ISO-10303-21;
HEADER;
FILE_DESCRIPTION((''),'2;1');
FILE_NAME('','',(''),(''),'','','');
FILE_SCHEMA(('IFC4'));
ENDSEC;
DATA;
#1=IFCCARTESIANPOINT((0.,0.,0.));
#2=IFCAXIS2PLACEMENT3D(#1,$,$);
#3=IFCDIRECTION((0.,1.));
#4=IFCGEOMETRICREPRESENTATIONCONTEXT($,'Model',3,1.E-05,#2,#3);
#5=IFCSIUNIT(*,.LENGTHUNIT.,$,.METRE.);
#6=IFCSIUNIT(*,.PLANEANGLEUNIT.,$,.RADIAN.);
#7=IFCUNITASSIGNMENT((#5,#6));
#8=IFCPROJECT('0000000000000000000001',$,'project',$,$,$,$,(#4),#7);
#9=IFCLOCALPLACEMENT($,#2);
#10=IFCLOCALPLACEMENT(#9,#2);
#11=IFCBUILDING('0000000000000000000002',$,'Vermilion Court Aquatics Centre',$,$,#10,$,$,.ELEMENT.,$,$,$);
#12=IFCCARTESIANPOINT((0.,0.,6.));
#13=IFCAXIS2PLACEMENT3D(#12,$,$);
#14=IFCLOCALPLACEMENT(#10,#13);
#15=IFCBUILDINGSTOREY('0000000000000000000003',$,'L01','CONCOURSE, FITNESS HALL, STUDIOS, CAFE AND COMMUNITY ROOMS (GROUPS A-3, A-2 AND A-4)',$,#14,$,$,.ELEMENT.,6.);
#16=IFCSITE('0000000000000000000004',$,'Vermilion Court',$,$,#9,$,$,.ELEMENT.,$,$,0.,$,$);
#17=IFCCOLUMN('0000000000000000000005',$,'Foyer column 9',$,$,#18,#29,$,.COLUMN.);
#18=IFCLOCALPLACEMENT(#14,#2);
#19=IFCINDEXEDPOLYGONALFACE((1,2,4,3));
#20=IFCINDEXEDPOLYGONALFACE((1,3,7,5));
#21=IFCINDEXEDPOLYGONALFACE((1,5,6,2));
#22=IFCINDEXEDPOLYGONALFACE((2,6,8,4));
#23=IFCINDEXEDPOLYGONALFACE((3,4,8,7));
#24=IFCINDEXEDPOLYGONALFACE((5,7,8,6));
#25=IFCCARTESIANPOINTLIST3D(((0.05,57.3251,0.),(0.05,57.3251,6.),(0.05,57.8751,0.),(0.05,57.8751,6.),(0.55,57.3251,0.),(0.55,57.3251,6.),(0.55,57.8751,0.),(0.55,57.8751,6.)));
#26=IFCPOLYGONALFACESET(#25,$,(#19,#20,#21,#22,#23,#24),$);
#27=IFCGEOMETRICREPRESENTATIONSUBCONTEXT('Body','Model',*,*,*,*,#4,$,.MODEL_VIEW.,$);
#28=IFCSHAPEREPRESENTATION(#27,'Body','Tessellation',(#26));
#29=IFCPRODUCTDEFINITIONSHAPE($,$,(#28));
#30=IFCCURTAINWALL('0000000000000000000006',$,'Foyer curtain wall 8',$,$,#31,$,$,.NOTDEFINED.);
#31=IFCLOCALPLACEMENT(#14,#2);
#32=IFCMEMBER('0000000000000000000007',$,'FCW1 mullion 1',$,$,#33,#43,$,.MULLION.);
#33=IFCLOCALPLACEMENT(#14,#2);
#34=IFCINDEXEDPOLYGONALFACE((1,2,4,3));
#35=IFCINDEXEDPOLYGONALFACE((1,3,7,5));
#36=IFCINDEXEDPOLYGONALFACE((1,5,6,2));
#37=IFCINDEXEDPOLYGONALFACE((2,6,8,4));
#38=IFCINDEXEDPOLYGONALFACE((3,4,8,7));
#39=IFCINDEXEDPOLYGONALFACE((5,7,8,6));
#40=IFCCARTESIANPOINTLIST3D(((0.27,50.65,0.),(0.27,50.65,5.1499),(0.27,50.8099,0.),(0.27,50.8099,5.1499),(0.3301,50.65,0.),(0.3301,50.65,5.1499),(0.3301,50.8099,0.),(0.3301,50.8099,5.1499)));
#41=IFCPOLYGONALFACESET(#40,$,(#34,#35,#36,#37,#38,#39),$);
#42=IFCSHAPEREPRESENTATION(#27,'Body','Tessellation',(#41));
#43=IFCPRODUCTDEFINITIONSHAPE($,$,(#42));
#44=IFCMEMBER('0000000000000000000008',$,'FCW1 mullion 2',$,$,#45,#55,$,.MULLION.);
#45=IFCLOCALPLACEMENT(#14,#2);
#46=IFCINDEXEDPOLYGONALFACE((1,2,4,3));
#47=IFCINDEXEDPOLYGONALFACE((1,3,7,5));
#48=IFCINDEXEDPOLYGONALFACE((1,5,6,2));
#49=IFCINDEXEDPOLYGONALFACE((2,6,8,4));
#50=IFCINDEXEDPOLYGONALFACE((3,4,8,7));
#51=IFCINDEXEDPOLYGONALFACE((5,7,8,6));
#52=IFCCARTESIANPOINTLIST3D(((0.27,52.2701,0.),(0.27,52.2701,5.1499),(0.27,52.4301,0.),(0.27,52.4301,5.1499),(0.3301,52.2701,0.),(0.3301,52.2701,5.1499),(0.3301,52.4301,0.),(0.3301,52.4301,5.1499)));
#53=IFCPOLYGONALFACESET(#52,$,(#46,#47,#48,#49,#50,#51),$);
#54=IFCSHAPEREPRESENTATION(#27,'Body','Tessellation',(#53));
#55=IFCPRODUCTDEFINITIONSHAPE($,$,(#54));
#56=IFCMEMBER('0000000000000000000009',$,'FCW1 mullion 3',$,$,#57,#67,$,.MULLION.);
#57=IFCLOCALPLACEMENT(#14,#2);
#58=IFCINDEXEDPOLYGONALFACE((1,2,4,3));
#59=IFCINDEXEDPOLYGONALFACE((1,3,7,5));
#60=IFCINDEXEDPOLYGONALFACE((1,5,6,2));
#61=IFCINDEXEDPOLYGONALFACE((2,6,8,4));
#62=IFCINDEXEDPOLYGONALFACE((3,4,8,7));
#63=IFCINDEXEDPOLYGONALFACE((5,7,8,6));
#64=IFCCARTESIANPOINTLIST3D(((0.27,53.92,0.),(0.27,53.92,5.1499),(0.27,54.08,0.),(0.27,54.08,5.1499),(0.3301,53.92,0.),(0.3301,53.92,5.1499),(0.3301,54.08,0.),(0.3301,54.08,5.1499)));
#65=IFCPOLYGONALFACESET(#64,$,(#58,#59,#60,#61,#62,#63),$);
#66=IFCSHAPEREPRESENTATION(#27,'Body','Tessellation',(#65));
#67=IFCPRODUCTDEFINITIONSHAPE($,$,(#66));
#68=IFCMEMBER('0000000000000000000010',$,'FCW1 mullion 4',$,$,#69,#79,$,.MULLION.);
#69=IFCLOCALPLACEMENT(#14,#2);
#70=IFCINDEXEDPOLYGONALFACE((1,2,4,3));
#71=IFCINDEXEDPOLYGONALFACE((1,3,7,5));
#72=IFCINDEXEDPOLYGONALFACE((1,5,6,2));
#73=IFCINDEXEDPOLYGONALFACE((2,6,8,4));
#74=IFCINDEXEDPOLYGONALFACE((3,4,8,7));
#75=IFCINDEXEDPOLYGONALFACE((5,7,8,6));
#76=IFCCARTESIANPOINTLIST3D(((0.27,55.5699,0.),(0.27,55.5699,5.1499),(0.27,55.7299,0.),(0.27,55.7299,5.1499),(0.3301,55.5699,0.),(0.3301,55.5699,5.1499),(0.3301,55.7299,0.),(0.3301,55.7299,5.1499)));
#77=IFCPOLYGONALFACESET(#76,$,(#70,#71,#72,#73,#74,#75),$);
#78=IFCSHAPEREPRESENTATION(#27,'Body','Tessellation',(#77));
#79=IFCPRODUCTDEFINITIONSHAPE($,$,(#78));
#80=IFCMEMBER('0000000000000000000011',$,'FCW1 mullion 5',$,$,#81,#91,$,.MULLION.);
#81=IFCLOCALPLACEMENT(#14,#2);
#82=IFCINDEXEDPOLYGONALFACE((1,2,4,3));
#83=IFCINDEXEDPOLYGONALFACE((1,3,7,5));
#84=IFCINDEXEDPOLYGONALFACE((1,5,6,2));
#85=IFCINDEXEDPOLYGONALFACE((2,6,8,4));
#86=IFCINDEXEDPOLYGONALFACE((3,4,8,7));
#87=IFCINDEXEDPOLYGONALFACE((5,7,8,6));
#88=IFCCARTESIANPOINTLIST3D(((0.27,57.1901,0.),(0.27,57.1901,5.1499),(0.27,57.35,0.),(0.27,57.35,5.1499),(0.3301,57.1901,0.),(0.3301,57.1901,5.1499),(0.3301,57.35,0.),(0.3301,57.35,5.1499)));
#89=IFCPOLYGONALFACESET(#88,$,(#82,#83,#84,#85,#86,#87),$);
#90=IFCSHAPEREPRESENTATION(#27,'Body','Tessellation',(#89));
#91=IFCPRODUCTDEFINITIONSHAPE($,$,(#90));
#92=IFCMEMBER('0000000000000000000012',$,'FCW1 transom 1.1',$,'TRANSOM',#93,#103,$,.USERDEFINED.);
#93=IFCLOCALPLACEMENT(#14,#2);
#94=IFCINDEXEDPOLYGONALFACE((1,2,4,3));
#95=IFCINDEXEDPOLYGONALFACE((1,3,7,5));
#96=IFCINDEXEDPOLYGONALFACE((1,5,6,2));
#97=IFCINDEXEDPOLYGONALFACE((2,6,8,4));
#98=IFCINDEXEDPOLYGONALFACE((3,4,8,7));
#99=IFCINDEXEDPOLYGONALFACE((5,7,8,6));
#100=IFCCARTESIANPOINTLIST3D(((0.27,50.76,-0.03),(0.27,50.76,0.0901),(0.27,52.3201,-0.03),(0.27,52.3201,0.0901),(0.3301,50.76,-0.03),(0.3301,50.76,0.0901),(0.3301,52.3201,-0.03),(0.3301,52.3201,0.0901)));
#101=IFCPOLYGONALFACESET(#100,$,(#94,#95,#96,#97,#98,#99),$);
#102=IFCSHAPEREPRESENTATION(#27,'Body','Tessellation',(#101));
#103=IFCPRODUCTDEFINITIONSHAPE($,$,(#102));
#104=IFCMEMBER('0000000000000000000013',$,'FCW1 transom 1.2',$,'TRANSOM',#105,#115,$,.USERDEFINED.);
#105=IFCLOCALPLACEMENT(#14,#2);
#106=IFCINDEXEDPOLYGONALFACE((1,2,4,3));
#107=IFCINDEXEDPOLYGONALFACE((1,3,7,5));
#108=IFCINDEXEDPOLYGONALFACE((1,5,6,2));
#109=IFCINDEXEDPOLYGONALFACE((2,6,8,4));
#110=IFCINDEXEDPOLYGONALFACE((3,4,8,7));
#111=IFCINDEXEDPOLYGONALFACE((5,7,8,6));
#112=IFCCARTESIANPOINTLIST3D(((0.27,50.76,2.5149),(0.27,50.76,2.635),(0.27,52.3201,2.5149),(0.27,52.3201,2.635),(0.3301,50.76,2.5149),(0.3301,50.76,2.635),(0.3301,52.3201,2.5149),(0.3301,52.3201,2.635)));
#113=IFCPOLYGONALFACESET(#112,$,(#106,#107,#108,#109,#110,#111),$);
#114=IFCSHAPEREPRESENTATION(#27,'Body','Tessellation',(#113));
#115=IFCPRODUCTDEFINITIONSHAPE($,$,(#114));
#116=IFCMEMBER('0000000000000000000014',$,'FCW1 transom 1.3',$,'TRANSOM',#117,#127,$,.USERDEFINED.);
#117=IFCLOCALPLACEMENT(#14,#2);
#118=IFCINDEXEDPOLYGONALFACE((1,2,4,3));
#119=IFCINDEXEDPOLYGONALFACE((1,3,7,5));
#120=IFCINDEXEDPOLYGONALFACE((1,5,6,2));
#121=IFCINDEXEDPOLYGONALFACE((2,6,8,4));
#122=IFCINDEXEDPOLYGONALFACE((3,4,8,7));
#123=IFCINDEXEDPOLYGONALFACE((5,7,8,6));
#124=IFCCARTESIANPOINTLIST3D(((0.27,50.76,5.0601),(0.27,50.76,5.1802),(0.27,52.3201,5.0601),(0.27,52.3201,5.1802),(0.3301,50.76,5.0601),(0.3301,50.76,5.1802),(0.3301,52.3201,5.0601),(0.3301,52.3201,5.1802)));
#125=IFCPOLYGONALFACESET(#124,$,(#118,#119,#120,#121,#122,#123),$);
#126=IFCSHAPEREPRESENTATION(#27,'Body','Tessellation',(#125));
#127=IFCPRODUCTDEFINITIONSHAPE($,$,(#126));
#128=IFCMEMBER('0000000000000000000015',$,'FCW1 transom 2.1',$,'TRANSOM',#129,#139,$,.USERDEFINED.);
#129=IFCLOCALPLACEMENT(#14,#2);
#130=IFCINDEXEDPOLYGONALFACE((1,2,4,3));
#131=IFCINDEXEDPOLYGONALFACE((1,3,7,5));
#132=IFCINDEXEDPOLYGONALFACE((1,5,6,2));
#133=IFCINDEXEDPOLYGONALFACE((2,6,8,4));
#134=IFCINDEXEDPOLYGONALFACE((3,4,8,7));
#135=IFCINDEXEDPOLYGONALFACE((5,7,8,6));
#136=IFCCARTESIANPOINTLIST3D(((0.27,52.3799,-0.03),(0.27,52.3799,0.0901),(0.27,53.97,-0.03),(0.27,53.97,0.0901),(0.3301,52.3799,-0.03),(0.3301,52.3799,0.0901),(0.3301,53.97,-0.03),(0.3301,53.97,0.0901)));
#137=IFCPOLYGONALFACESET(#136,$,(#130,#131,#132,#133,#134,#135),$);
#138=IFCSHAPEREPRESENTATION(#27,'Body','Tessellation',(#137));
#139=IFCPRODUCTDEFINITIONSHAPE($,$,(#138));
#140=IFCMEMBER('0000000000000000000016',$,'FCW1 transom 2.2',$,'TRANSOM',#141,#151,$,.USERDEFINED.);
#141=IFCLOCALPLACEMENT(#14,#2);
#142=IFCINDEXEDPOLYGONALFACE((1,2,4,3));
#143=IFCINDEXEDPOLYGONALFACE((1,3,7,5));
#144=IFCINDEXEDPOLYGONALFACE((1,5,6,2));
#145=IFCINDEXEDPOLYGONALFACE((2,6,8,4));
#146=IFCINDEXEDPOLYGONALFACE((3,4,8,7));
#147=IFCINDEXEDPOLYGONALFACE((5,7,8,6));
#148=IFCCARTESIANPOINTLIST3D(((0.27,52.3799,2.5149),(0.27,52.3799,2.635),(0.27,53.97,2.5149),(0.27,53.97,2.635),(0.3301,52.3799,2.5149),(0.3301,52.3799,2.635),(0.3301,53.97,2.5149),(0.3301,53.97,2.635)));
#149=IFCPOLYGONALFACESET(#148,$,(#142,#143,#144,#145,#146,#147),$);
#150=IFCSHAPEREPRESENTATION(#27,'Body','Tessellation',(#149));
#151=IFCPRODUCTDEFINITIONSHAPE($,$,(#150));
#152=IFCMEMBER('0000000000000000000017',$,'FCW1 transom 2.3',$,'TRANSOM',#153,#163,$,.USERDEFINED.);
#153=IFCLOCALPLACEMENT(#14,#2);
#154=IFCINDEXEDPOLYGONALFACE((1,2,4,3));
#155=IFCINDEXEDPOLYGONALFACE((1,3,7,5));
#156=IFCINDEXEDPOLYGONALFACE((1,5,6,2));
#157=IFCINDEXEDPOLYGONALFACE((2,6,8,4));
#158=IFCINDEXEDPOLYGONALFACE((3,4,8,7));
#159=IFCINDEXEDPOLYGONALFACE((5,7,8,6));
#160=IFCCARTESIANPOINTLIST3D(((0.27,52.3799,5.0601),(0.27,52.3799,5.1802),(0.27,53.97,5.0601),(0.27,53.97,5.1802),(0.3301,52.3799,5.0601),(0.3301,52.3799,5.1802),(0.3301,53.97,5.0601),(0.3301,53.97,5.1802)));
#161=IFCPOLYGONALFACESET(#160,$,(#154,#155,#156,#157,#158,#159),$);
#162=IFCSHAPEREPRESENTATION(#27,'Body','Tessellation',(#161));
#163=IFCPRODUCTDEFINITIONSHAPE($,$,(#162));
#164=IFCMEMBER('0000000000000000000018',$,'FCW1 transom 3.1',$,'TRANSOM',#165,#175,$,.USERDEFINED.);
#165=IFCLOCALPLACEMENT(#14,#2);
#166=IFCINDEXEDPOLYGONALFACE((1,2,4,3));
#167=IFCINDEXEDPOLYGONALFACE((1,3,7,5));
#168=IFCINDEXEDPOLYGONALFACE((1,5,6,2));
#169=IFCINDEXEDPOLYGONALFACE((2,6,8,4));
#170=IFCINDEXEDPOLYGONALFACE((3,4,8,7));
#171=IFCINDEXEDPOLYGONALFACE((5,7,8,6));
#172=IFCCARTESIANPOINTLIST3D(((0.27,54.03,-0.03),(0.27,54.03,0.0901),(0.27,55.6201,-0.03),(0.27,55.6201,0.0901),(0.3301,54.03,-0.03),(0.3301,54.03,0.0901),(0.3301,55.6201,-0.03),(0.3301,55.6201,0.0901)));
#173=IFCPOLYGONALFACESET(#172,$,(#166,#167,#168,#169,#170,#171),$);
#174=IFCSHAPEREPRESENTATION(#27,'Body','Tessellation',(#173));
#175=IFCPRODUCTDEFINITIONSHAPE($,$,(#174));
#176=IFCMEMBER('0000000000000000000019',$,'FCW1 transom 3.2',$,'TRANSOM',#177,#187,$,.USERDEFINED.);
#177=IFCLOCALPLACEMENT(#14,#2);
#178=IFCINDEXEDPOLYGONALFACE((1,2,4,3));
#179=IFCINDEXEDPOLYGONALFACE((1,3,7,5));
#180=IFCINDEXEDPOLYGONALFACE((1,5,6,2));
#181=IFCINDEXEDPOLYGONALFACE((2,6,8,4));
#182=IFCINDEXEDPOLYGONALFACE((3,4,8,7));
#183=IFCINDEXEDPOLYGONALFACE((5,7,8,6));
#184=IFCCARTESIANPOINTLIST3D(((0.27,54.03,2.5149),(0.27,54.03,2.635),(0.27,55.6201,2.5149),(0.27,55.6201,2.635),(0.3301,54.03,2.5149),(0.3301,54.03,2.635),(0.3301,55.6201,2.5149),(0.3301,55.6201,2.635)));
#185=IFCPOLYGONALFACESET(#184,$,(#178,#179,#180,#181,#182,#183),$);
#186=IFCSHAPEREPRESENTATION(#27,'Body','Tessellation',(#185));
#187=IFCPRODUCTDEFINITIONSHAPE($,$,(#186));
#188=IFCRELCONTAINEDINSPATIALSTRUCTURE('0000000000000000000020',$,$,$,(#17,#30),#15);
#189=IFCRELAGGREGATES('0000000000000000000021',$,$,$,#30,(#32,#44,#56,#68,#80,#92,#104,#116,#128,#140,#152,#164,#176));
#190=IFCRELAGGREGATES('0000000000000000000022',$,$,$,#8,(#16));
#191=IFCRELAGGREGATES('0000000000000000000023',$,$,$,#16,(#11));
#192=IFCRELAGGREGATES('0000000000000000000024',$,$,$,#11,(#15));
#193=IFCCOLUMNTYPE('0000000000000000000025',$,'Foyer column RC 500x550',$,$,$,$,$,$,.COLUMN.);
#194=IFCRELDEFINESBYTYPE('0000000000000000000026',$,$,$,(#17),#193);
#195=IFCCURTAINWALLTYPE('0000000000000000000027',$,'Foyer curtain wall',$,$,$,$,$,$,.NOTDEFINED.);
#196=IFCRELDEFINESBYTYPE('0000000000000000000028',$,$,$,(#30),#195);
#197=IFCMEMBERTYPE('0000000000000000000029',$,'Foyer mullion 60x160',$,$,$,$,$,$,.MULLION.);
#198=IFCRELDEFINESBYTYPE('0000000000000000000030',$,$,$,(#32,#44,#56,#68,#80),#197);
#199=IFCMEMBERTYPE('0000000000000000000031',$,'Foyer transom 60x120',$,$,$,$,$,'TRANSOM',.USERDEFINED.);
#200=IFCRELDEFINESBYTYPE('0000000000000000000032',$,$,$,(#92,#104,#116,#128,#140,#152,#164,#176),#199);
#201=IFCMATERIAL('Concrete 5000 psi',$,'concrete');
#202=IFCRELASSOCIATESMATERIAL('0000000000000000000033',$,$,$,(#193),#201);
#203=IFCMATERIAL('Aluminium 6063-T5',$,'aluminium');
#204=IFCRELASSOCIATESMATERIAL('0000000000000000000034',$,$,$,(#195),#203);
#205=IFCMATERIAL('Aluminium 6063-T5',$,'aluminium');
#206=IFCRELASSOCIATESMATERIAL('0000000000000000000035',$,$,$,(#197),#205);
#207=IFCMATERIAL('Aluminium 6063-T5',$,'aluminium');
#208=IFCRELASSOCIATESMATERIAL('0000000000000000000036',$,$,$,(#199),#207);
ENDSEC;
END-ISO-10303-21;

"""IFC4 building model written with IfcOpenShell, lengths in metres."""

from ifc_helpers import new_model, si_unit, direction, frame, origin, origin_2d, place, context, subcontext, project, spatial, rectangle, extrude, material, material_profile, profile_set, type_object, element, aggregate, save


model = new_model("IFC4")

# Units and contexts
model_context = context("Model", 3, precision=1e-05, world=origin(), true_north=direction((0.0, 1.0)))
body_context = subcontext(model_context, "Body", "Model", "MODEL_VIEW")
ifc_project = project(units=[si_unit("LENGTHUNIT", "METRE"), si_unit("PLANEANGLEUNIT", "RADIAN")], contexts=[model_context])

# Site, building, storey
site_placement = place(None, origin())
site = spatial("IfcSite", under=ifc_project, at=site_placement, Name="Vermilion Court", CompositionType="ELEMENT", RefElevation=0.0)
building_placement = place(site_placement, origin())
building = spatial("IfcBuilding", under=site, at=building_placement, Name="Vermilion Court Aquatics Centre", CompositionType="ELEMENT")
storey_placement = place(building_placement, frame((0.0, 0.0, 6.0)))
storey = spatial("IfcBuildingStorey", under=building, at=storey_placement, Name="L01", Description="CONCOURSE, FITNESS HALL, STUDIOS, CAFE AND COMMUNITY ROOMS (GROUPS A-3, A-2 AND A-4)", CompositionType="ELEMENT", Elevation=6.0)

# Column
ifc_material_1 = material(Name="Concrete 5000 psi", Category="concrete")
ifc_material_profile_1 = material_profile(ifc_material_1, rectangle(XDim=0.5, YDim=0.55, at=origin_2d()), Name="RC 500x550")
ifc_profile_set_1 = profile_set([ifc_material_profile_1], Name="Concrete 5000 psi")
column_type = type_object("IfcColumnType", Name="Foyer column RC 500x550", PredefinedType="COLUMN", material=ifc_profile_set_1)
column_placement = place(storey_placement, frame((0.3, 57.6001, 0.0), z_axis=(0.0, 0.0, 1.0), x_axis=(1.0, 0.0, 0.0)))
element("IfcColumn", 1, at=column_placement, inside=storey, type_object=column_type, Name="Foyer column 9", PredefinedType="COLUMN", context=body_context, shape_type="SweptSolid", body=[
    extrude(rectangle(XDim=0.5, YDim=0.55, at=origin_2d()), origin(), (0.0, 0.0, 1.0), 6.0),
])

# Curtain wall, members
ifc_material_2 = material(Name="Aluminium 6063-T5", Category="aluminium")
curtain_wall_type = type_object("IfcCurtainWallType", Name="Foyer curtain wall", PredefinedType="NOTDEFINED", material=ifc_material_2)
curtain_wall_placement = place(storey_placement, origin())
curtain_wall = element("IfcCurtainWall", 2, at=curtain_wall_placement, inside=storey, type_object=curtain_wall_type, Name="Foyer curtain wall 8", PredefinedType="NOTDEFINED")
ifc_material_3 = material(Name="Aluminium 6063-T5", Category="aluminium")
ifc_material_profile_2 = material_profile(ifc_material_3, rectangle(XDim=0.0601, YDim=0.1599, at=origin_2d()), Name="Aluminium 60x160")
ifc_profile_set_2 = profile_set([ifc_material_profile_2], Name="Aluminium 6063-T5")
member_type_1 = type_object("IfcMemberType", Name="Foyer mullion 60x160", PredefinedType="MULLION", material=ifc_profile_set_2)
member_1_placement = place(storey_placement, frame((0.3, 50.73, 0.0), z_axis=(0.0, 0.0, 1.0), x_axis=(-1.0, 0.0, 0.0)))
member_1 = element("IfcMember", 3, at=member_1_placement, type_object=member_type_1, Name="FCW1 mullion 1", PredefinedType="MULLION", context=body_context, shape_type="SweptSolid", body=[
    extrude(rectangle(XDim=0.0601, YDim=0.1599, at=origin_2d()), origin(), (0.0, 0.0, 1.0), 5.1499),
])
member_2_placement = place(storey_placement, frame((0.3, 52.3501, 0.0), z_axis=(0.0, 0.0, 1.0), x_axis=(-1.0, 0.0, 0.0)))
member_2 = element("IfcMember", 4, at=member_2_placement, type_object=member_type_1, Name="FCW1 mullion 2", PredefinedType="MULLION", context=body_context, shape_type="SweptSolid", body=[
    extrude(rectangle(XDim=0.0601, YDim=0.1599, at=origin_2d()), origin(), (0.0, 0.0, 1.0), 5.1499),
])
member_3_placement = place(storey_placement, frame((0.3, 54.0, 0.0), z_axis=(0.0, 0.0, 1.0), x_axis=(-1.0, 0.0, 0.0)))
member_3 = element("IfcMember", 5, at=member_3_placement, type_object=member_type_1, Name="FCW1 mullion 3", PredefinedType="MULLION", context=body_context, shape_type="SweptSolid", body=[
    extrude(rectangle(XDim=0.0601, YDim=0.1599, at=origin_2d()), origin(), (0.0, 0.0, 1.0), 5.1499),
])
member_4_placement = place(storey_placement, frame((0.3, 55.6499, 0.0), z_axis=(0.0, 0.0, 1.0), x_axis=(-1.0, 0.0, 0.0)))
member_4 = element("IfcMember", 6, at=member_4_placement, type_object=member_type_1, Name="FCW1 mullion 4", PredefinedType="MULLION", context=body_context, shape_type="SweptSolid", body=[
    extrude(rectangle(XDim=0.0601, YDim=0.1599, at=origin_2d()), origin(), (0.0, 0.0, 1.0), 5.1499),
])
member_5_placement = place(storey_placement, frame((0.3, 57.27, 0.0), z_axis=(0.0, 0.0, 1.0), x_axis=(-1.0, 0.0, 0.0)))
member_5 = element("IfcMember", 7, at=member_5_placement, type_object=member_type_1, Name="FCW1 mullion 5", PredefinedType="MULLION", context=body_context, shape_type="SweptSolid", body=[
    extrude(rectangle(XDim=0.0601, YDim=0.1599, at=origin_2d()), origin(), (0.0, 0.0, 1.0), 5.1499),
])
ifc_material_4 = material(Name="Aluminium 6063-T5", Category="aluminium")
ifc_material_profile_3 = material_profile(ifc_material_4, rectangle(XDim=0.0601, YDim=0.1201, at=origin_2d()), Name="Aluminium 60x120")
ifc_profile_set_3 = profile_set([ifc_material_profile_3], Name="Aluminium 6063-T5")
member_type_2 = type_object("IfcMemberType", Name="Foyer transom 60x120", ElementType="TRANSOM", PredefinedType="USERDEFINED", material=ifc_profile_set_3)
member_6_placement = place(storey_placement, frame((0.3, 50.76, 0.03), z_axis=(0.0, 1.0, 0.0), x_axis=(-1.0, 0.0, 0.0)))
member_6 = element("IfcMember", 8, at=member_6_placement, type_object=member_type_2, Name="FCW1 transom 1.1", ObjectType="TRANSOM", PredefinedType="USERDEFINED", context=body_context, shape_type="SweptSolid", body=[
    extrude(rectangle(XDim=0.0601, YDim=0.1201, at=origin_2d()), origin(), (0.0, 0.0, 1.0), 1.5601),
])
member_7_placement = place(storey_placement, frame((0.3, 50.76, 2.575), z_axis=(0.0, 1.0, 0.0), x_axis=(-1.0, 0.0, 0.0)))
member_7 = element("IfcMember", 9, at=member_7_placement, type_object=member_type_2, Name="FCW1 transom 1.2", ObjectType="TRANSOM", PredefinedType="USERDEFINED", context=body_context, shape_type="SweptSolid", body=[
    extrude(rectangle(XDim=0.0601, YDim=0.1201, at=origin_2d()), origin(), (0.0, 0.0, 1.0), 1.5601),
])
member_8_placement = place(storey_placement, frame((0.3, 50.76, 5.1201), z_axis=(0.0, 1.0, 0.0), x_axis=(-1.0, 0.0, 0.0)))
member_8 = element("IfcMember", 10, at=member_8_placement, type_object=member_type_2, Name="FCW1 transom 1.3", ObjectType="TRANSOM", PredefinedType="USERDEFINED", context=body_context, shape_type="SweptSolid", body=[
    extrude(rectangle(XDim=0.0601, YDim=0.1201, at=origin_2d()), origin(), (0.0, 0.0, 1.0), 1.5601),
])
member_9_placement = place(storey_placement, frame((0.3, 52.3799, 0.03), z_axis=(0.0, 1.0, 0.0), x_axis=(-1.0, 0.0, 0.0)))
member_9 = element("IfcMember", 11, at=member_9_placement, type_object=member_type_2, Name="FCW1 transom 2.1", ObjectType="TRANSOM", PredefinedType="USERDEFINED", context=body_context, shape_type="SweptSolid", body=[
    extrude(rectangle(XDim=0.0601, YDim=0.1201, at=origin_2d()), origin(), (0.0, 0.0, 1.0), 1.5901),
])
member_10_placement = place(storey_placement, frame((0.3, 52.3799, 2.575), z_axis=(0.0, 1.0, 0.0), x_axis=(-1.0, 0.0, 0.0)))
member_10 = element("IfcMember", 12, at=member_10_placement, type_object=member_type_2, Name="FCW1 transom 2.2", ObjectType="TRANSOM", PredefinedType="USERDEFINED", context=body_context, shape_type="SweptSolid", body=[
    extrude(rectangle(XDim=0.0601, YDim=0.1201, at=origin_2d()), origin(), (0.0, 0.0, 1.0), 1.5901),
])
member_11_placement = place(storey_placement, frame((0.3, 52.3799, 5.1201), z_axis=(0.0, 1.0, 0.0), x_axis=(-1.0, 0.0, 0.0)))
member_11 = element("IfcMember", 13, at=member_11_placement, type_object=member_type_2, Name="FCW1 transom 2.3", ObjectType="TRANSOM", PredefinedType="USERDEFINED", context=body_context, shape_type="SweptSolid", body=[
    extrude(rectangle(XDim=0.0601, YDim=0.1201, at=origin_2d()), origin(), (0.0, 0.0, 1.0), 1.5901),
])
member_12_placement = place(storey_placement, frame((0.3, 54.03, 0.03), z_axis=(0.0, 1.0, 0.0), x_axis=(-1.0, 0.0, 0.0)))
member_12 = element("IfcMember", 14, at=member_12_placement, type_object=member_type_2, Name="FCW1 transom 3.1", ObjectType="TRANSOM", PredefinedType="USERDEFINED", context=body_context, shape_type="SweptSolid", body=[
    extrude(rectangle(XDim=0.0601, YDim=0.1201, at=origin_2d()), origin(), (0.0, 0.0, 1.0), 1.5901),
])
member_13_placement = place(storey_placement, frame((0.3, 54.03, 2.575), z_axis=(0.0, 1.0, 0.0), x_axis=(-1.0, 0.0, 0.0)))
member_13 = element("IfcMember", 15, at=member_13_placement, type_object=member_type_2, Name="FCW1 transom 3.2", ObjectType="TRANSOM", PredefinedType="USERDEFINED", context=body_context, shape_type="SweptSolid", body=[
    extrude(rectangle(XDim=0.0601, YDim=0.1201, at=origin_2d()), origin(), (0.0, 0.0, 1.0), 1.5901),
])
aggregate(curtain_wall, [member_1, member_2, member_3, member_4, member_5, member_6, member_7, member_8, member_9, member_10, member_11, member_12, member_13])

save(model, "model.ifc")
